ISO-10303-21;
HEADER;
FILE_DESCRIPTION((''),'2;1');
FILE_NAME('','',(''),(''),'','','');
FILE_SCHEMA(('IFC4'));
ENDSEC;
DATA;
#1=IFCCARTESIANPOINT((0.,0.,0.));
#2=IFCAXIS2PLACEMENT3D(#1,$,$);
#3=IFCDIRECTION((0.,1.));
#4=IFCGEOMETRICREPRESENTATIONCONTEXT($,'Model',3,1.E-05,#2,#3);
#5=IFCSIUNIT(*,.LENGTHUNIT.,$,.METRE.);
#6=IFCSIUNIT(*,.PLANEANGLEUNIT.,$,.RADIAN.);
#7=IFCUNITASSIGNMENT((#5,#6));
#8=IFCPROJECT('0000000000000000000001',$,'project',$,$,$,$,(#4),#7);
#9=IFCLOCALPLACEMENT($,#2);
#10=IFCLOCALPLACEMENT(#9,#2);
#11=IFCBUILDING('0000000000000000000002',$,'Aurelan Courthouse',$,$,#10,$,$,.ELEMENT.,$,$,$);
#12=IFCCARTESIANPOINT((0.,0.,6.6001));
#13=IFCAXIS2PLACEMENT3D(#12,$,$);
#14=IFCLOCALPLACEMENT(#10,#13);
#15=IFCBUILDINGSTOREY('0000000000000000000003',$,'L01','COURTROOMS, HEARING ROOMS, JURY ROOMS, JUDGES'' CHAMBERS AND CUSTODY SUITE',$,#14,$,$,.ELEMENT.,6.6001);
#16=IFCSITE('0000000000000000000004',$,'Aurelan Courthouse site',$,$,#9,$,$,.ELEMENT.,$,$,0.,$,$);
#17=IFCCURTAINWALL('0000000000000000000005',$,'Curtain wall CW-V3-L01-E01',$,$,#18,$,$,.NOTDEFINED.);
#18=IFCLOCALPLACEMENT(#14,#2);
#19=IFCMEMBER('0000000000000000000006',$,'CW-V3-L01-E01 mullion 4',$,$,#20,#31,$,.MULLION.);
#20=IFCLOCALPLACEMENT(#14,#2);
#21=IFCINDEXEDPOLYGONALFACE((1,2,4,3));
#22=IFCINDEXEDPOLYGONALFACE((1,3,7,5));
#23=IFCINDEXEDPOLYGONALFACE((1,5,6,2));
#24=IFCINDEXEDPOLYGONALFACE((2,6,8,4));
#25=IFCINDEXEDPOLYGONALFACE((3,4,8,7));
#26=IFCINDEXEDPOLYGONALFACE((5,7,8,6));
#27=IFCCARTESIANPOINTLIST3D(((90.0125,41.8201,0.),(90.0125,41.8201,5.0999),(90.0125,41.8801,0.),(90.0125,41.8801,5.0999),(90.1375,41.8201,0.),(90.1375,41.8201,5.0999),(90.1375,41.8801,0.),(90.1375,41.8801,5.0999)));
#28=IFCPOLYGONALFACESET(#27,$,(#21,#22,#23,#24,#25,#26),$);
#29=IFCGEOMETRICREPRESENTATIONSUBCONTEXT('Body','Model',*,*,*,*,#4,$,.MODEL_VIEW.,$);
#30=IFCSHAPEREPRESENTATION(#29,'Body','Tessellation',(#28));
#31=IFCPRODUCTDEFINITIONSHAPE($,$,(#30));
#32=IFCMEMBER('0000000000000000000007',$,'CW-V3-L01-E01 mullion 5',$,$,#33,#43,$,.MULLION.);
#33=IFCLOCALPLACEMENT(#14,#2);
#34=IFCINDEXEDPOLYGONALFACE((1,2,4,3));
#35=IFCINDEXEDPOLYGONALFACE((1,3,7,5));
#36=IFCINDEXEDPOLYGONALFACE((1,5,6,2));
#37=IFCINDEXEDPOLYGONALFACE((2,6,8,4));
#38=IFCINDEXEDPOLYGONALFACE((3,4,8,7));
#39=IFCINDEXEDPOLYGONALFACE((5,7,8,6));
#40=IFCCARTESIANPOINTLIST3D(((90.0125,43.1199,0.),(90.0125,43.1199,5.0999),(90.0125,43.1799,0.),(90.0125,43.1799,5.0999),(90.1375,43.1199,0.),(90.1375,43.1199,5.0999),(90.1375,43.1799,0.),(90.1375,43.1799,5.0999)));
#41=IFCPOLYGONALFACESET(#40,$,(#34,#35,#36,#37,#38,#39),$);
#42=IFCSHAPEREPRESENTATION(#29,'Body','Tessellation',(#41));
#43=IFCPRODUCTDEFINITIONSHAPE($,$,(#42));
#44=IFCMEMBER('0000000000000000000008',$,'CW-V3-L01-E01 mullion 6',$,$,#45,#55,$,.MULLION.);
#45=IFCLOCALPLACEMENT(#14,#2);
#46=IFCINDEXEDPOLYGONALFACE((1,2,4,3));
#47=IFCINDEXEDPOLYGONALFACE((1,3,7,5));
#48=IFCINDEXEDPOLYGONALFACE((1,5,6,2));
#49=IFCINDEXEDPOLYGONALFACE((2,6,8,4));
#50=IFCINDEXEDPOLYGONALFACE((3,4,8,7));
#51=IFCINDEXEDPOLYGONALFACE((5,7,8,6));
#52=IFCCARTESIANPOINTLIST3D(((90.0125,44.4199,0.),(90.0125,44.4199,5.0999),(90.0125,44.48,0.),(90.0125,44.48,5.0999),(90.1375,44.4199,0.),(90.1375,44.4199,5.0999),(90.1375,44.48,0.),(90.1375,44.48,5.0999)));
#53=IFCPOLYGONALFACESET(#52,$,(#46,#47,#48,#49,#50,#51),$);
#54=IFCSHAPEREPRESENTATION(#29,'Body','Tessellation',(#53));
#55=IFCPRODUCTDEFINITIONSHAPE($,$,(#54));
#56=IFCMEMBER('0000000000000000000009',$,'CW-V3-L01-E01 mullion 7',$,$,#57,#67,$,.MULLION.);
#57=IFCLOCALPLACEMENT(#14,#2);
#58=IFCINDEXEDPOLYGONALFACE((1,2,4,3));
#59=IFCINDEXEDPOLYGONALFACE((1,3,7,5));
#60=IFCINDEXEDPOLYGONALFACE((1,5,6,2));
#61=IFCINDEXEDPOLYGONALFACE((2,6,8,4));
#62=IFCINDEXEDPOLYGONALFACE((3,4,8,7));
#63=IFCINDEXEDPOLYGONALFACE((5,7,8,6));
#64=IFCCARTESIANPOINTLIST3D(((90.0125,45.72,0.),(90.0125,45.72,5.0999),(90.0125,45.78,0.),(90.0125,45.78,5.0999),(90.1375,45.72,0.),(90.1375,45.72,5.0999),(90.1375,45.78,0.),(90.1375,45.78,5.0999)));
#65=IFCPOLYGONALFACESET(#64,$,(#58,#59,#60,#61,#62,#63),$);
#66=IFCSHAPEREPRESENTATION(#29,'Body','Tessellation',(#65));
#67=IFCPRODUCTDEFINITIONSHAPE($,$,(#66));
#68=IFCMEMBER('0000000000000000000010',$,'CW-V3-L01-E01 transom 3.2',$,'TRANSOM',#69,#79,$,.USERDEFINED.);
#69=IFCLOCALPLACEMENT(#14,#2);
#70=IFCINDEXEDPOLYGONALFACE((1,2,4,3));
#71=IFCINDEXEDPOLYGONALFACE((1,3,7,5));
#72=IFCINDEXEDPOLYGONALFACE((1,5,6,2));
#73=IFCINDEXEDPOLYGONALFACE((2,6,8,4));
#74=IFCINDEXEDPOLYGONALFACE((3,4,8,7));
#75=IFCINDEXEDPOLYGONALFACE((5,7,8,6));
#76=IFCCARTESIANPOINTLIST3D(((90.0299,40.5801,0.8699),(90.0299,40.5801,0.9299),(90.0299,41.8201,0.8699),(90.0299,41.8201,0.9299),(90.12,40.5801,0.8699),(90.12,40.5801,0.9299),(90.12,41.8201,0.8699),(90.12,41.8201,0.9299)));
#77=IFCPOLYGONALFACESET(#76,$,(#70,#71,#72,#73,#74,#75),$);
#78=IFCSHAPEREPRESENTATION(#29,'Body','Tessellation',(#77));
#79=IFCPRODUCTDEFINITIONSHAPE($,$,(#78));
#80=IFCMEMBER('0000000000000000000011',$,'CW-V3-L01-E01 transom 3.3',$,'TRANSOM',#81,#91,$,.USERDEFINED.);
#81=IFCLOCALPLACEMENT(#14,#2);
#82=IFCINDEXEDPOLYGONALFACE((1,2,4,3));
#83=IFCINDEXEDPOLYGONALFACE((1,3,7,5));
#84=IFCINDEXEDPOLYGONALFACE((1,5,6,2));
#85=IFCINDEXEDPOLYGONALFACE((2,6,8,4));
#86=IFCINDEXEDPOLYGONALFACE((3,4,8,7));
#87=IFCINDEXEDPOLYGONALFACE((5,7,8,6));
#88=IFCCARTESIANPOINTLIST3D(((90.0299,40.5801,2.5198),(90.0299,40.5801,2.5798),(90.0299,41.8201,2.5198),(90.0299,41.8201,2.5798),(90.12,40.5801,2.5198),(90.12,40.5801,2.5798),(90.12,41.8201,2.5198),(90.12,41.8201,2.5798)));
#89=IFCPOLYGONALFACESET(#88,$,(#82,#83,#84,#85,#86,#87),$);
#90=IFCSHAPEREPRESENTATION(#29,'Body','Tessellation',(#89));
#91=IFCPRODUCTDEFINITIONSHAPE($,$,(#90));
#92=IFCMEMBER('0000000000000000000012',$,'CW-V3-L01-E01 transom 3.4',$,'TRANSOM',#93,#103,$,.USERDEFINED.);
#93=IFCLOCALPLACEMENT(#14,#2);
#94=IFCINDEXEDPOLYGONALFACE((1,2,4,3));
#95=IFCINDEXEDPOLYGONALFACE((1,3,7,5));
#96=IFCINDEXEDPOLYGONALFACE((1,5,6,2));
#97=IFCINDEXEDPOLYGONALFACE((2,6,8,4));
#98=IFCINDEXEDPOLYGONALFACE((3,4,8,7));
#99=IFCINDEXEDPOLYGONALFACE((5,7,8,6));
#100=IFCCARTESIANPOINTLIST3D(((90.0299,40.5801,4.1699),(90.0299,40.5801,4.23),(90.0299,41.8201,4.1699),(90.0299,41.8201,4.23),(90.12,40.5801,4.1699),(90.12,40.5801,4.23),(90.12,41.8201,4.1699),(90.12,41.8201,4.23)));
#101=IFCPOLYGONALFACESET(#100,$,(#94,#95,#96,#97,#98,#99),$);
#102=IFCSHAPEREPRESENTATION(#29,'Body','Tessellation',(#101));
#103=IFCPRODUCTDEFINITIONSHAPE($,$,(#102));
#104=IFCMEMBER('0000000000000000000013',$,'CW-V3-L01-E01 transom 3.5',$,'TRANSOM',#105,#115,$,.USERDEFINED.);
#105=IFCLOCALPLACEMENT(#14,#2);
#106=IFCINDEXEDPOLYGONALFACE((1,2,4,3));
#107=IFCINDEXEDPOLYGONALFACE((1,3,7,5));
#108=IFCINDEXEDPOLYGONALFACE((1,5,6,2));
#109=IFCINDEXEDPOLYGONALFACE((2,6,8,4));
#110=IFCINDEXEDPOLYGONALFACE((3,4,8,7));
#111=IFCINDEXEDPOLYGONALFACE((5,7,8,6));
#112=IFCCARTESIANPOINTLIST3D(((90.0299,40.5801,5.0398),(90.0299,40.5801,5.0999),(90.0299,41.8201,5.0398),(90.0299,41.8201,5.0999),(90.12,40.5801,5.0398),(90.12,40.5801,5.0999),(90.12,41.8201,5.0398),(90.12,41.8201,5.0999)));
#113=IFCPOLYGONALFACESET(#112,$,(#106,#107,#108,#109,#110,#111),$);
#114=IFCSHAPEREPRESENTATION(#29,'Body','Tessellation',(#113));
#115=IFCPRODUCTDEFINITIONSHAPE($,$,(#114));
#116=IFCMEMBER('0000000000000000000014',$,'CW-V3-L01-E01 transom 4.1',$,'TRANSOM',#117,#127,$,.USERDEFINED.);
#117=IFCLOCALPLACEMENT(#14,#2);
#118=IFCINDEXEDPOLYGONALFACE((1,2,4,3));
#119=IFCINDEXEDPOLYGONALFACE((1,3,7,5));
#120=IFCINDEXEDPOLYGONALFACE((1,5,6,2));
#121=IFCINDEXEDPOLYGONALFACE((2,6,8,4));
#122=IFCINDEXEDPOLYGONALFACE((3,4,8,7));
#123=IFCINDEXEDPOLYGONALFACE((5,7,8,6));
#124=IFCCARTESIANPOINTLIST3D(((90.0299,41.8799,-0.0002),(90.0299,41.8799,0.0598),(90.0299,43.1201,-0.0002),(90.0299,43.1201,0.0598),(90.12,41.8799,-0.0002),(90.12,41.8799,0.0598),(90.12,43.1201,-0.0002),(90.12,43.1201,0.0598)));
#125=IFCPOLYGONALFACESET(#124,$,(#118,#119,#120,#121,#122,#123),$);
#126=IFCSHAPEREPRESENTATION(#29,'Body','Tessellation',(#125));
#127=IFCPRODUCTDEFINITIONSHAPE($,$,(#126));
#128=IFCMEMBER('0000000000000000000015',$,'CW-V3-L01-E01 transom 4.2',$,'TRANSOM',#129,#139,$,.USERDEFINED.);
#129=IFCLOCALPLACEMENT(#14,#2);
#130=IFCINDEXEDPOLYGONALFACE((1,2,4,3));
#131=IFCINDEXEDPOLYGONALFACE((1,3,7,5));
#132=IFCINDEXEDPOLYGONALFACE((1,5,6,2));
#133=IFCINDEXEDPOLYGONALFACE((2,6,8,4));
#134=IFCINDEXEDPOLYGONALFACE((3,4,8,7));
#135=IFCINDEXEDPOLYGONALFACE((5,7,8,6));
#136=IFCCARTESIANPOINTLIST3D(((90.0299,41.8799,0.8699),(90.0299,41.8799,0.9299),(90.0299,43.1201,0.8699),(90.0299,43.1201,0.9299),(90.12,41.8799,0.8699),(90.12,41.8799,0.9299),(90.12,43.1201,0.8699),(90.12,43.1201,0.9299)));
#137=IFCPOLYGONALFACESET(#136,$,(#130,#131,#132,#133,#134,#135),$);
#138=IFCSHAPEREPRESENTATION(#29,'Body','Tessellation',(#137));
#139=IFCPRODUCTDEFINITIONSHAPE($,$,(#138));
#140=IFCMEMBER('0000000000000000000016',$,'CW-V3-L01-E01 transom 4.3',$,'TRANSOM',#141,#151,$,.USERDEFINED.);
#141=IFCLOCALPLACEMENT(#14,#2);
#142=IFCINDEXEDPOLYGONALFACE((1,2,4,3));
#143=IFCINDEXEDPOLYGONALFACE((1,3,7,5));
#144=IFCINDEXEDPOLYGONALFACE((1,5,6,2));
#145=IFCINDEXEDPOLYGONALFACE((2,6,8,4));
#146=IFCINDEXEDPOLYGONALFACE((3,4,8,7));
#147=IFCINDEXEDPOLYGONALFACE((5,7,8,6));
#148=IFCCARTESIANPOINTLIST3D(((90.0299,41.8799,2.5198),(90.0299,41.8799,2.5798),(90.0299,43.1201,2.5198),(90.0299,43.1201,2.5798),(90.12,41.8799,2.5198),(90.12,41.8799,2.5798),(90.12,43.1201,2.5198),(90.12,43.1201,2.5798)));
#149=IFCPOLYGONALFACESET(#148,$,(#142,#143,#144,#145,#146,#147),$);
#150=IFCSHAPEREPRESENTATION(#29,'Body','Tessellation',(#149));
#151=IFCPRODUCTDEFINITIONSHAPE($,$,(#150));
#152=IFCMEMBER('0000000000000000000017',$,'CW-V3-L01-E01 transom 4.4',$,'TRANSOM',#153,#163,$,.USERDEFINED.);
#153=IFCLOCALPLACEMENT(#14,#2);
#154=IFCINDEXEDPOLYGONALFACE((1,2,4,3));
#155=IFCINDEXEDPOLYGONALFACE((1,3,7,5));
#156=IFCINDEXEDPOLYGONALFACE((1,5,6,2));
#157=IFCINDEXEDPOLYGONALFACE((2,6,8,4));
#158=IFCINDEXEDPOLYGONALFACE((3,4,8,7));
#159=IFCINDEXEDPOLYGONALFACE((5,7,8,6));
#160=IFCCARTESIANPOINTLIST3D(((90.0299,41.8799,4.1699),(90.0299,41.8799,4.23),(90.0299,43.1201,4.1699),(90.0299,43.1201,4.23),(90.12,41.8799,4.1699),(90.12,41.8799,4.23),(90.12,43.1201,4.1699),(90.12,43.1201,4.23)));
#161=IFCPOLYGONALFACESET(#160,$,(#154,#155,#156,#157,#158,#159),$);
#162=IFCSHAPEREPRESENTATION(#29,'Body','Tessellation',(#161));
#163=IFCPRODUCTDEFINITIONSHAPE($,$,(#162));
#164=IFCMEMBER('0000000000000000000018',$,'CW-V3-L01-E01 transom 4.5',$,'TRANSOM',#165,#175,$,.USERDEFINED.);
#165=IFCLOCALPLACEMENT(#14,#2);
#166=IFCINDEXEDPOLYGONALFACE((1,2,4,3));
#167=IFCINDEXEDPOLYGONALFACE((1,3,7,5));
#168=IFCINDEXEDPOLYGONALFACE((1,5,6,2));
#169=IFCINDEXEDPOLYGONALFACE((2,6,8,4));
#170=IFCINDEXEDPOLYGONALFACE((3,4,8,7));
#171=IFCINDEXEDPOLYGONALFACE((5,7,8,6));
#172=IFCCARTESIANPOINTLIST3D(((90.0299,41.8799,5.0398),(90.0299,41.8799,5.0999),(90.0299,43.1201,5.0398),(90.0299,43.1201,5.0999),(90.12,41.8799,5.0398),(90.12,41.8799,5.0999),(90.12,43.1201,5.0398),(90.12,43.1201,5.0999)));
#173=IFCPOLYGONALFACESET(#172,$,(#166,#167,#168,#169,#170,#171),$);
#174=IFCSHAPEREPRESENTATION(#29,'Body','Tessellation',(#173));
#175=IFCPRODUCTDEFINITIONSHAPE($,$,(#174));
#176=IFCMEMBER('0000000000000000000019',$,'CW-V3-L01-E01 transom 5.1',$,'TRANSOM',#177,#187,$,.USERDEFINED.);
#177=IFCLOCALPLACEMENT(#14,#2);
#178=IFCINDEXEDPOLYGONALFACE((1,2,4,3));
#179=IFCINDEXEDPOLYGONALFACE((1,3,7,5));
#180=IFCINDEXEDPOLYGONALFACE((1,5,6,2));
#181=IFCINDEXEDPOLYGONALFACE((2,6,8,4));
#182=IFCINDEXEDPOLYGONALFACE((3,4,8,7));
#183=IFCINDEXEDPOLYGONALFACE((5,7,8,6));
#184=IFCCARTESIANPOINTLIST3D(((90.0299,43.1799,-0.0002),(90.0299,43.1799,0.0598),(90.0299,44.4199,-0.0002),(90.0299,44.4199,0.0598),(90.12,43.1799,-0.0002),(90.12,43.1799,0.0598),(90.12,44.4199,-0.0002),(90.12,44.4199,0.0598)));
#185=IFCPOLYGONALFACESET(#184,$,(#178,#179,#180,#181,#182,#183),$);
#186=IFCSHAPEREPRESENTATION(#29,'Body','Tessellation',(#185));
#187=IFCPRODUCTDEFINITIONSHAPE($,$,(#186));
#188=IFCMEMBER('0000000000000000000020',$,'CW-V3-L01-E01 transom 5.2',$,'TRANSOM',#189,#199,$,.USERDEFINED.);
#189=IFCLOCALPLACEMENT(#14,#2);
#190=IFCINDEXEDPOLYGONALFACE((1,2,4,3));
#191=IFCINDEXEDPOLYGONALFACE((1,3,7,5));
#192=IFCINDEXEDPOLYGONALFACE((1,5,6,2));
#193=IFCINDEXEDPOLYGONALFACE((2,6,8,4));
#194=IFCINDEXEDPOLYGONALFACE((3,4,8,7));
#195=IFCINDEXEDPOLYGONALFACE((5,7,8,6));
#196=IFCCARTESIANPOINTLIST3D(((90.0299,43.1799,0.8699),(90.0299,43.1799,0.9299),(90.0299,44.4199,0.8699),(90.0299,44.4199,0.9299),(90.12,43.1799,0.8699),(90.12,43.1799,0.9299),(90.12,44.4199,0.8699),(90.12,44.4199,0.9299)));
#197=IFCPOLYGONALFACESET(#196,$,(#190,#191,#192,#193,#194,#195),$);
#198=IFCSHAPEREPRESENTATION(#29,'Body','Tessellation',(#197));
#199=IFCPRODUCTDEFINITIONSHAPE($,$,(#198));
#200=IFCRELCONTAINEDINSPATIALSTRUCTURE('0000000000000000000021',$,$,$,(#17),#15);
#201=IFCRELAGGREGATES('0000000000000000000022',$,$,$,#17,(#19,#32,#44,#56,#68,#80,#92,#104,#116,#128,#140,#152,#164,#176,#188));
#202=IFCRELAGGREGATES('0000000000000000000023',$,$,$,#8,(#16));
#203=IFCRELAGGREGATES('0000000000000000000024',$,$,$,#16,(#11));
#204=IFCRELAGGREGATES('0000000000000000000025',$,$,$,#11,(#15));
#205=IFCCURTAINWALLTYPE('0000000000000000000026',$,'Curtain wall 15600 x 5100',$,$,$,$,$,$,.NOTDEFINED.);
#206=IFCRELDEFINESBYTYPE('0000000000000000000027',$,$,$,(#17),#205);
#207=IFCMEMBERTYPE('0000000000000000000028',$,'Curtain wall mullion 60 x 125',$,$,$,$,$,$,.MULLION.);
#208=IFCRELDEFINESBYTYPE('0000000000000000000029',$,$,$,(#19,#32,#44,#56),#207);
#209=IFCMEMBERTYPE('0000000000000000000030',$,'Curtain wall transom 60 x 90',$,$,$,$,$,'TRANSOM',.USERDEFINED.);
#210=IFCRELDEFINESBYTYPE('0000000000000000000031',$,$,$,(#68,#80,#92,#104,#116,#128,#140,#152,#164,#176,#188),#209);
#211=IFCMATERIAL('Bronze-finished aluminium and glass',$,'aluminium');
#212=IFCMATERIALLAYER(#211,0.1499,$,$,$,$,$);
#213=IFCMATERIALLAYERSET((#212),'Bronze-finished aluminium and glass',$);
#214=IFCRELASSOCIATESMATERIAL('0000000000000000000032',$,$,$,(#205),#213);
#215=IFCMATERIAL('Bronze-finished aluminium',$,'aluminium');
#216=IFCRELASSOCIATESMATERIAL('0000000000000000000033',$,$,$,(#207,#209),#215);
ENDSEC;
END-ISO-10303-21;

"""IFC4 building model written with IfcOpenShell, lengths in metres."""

from ifc_helpers import new_model, si_unit, direction, frame, origin, origin_2d, place, context, subcontext, project, spatial, rectangle, extrude, material, layer, layer_set, material_profile, profile_set, type_object, element, aggregate, save


model = new_model("IFC4")

# Units and contexts
model_context = context("Model", 3, precision=1e-05, world=origin(), true_north=direction((0.0, 1.0)))
body_context = subcontext(model_context, "Body", "Model", "MODEL_VIEW")
ifc_project = project(units=[si_unit("LENGTHUNIT", "METRE"), si_unit("PLANEANGLEUNIT", "RADIAN")], contexts=[model_context])

# Site, building, storey
site_placement = place(None, origin())
site = spatial("IfcSite", under=ifc_project, at=site_placement, Name="Aurelan Courthouse site", CompositionType="ELEMENT", RefElevation=0.0)
building_placement = place(site_placement, origin())
building = spatial("IfcBuilding", under=site, at=building_placement, Name="Aurelan Courthouse", CompositionType="ELEMENT")
storey_placement = place(building_placement, frame((0.0, 0.0, 6.6001)))
storey = spatial("IfcBuildingStorey", under=building, at=storey_placement, Name="L01", Description="COURTROOMS, HEARING ROOMS, JURY ROOMS, JUDGES' CHAMBERS AND CUSTODY SUITE", CompositionType="ELEMENT", Elevation=6.6001)

# Curtain wall, members
ifc_material_1 = material(Name="Bronze-finished aluminium and glass", Category="aluminium")
ifc_layer_1 = layer(ifc_material_1, 0.1499)
ifc_layer_set_1 = layer_set([ifc_layer_1], Name="Bronze-finished aluminium and glass")
curtain_wall_type = type_object("IfcCurtainWallType", Name="Curtain wall 15600 x 5100", PredefinedType="NOTDEFINED", material=ifc_layer_set_1)
curtain_wall_placement = place(storey_placement, origin())
curtain_wall = element("IfcCurtainWall", 1, at=curtain_wall_placement, inside=storey, type_object=curtain_wall_type, Name="Curtain wall CW-V3-L01-E01", PredefinedType="NOTDEFINED")
ifc_material_2 = material(Name="Bronze-finished aluminium", Category="aluminium")
ifc_material_profile_1 = material_profile(ifc_material_2, rectangle(XDim=0.125, YDim=0.0601, at=origin_2d()), Name="Bronze mullion 60 x 125")
ifc_profile_set_1 = profile_set([ifc_material_profile_1], Name="Bronze-finished aluminium")
member_type_1 = type_object("IfcMemberType", Name="Curtain wall mullion 60 x 125", PredefinedType="MULLION", material=ifc_profile_set_1)
member_1_placement = place(storey_placement, frame((90.075, 41.8501, 0.0), z_axis=(0.0, 0.0, 1.0), x_axis=(-1.0, 0.0, 0.0)))
member_1 = element("IfcMember", 2, at=member_1_placement, type_object=member_type_1, Name="CW-V3-L01-E01 mullion 4", PredefinedType="MULLION", context=body_context, shape_type="SweptSolid", body=[
    extrude(rectangle(XDim=0.125, YDim=0.0601, at=origin_2d()), origin(), (0.0, 0.0, 1.0), 5.0999),
])
member_2_placement = place(storey_placement, frame((90.075, 43.1499, 0.0), z_axis=(0.0, 0.0, 1.0), x_axis=(-1.0, 0.0, 0.0)))
member_2 = element("IfcMember", 3, at=member_2_placement, type_object=member_type_1, Name="CW-V3-L01-E01 mullion 5", PredefinedType="MULLION", context=body_context, shape_type="SweptSolid", body=[
    extrude(rectangle(XDim=0.125, YDim=0.0601, at=origin_2d()), origin(), (0.0, 0.0, 1.0), 5.0999),
])
member_3_placement = place(storey_placement, frame((90.075, 44.45, 0.0), z_axis=(0.0, 0.0, 1.0), x_axis=(-1.0, 0.0, 0.0)))
member_3 = element("IfcMember", 4, at=member_3_placement, type_object=member_type_1, Name="CW-V3-L01-E01 mullion 6", PredefinedType="MULLION", context=body_context, shape_type="SweptSolid", body=[
    extrude(rectangle(XDim=0.125, YDim=0.0601, at=origin_2d()), origin(), (0.0, 0.0, 1.0), 5.0999),
])
member_4_placement = place(storey_placement, frame((90.075, 45.75, 0.0), z_axis=(0.0, 0.0, 1.0), x_axis=(-1.0, 0.0, 0.0)))
member_4 = element("IfcMember", 5, at=member_4_placement, type_object=member_type_1, Name="CW-V3-L01-E01 mullion 7", PredefinedType="MULLION", context=body_context, shape_type="SweptSolid", body=[
    extrude(rectangle(XDim=0.125, YDim=0.0601, at=origin_2d()), origin(), (0.0, 0.0, 1.0), 5.0999),
])
ifc_material_profile_2 = material_profile(ifc_material_2, rectangle(XDim=0.0901, YDim=0.0601, at=origin_2d()), Name="Bronze transom 60 x 90")
ifc_profile_set_2 = profile_set([ifc_material_profile_2], Name="Bronze-finished aluminium")
member_type_2 = type_object("IfcMemberType", Name="Curtain wall transom 60 x 90", ElementType="TRANSOM", PredefinedType="USERDEFINED", material=ifc_profile_set_2)
member_5_placement = place(storey_placement, frame((90.075, 40.5801, 0.8999), z_axis=(0.0, 1.0, 0.0), x_axis=(-1.0, 0.0, 0.0)))
member_5 = element("IfcMember", 6, at=member_5_placement, type_object=member_type_2, Name="CW-V3-L01-E01 transom 3.2", ObjectType="TRANSOM", PredefinedType="USERDEFINED", context=body_context, shape_type="SweptSolid", body=[
    extrude(rectangle(XDim=0.0901, YDim=0.0601, at=origin_2d()), origin(), (0.0, 0.0, 1.0), 1.24),
])
member_6_placement = place(storey_placement, frame((90.075, 40.5801, 2.5498), z_axis=(0.0, 1.0, 0.0), x_axis=(-1.0, 0.0, 0.0)))
member_6 = element("IfcMember", 7, at=member_6_placement, type_object=member_type_2, Name="CW-V3-L01-E01 transom 3.3", ObjectType="TRANSOM", PredefinedType="USERDEFINED", context=body_context, shape_type="SweptSolid", body=[
    extrude(rectangle(XDim=0.0901, YDim=0.0601, at=origin_2d()), origin(), (0.0, 0.0, 1.0), 1.24),
])
member_7_placement = place(storey_placement, frame((90.075, 40.5801, 4.2), z_axis=(0.0, 1.0, 0.0), x_axis=(-1.0, 0.0, 0.0)))
member_7 = element("IfcMember", 8, at=member_7_placement, type_object=member_type_2, Name="CW-V3-L01-E01 transom 3.4", ObjectType="TRANSOM", PredefinedType="USERDEFINED", context=body_context, shape_type="SweptSolid", body=[
    extrude(rectangle(XDim=0.0901, YDim=0.0601, at=origin_2d()), origin(), (0.0, 0.0, 1.0), 1.24),
])
member_8_placement = place(storey_placement, frame((90.075, 40.5801, 5.0698), z_axis=(0.0, 1.0, 0.0), x_axis=(-1.0, 0.0, 0.0)))
member_8 = element("IfcMember", 9, at=member_8_placement, type_object=member_type_2, Name="CW-V3-L01-E01 transom 3.5", ObjectType="TRANSOM", PredefinedType="USERDEFINED", context=body_context, shape_type="SweptSolid", body=[
    extrude(rectangle(XDim=0.0901, YDim=0.0601, at=origin_2d()), origin(), (0.0, 0.0, 1.0), 1.24),
])
member_9_placement = place(storey_placement, frame((90.075, 41.8799, 0.0298), z_axis=(0.0, 1.0, 0.0), x_axis=(-1.0, 0.0, 0.0)))
member_9 = element("IfcMember", 10, at=member_9_placement, type_object=member_type_2, Name="CW-V3-L01-E01 transom 4.1", ObjectType="TRANSOM", PredefinedType="USERDEFINED", context=body_context, shape_type="SweptSolid", body=[
    extrude(rectangle(XDim=0.0901, YDim=0.0601, at=origin_2d()), origin(), (0.0, 0.0, 1.0), 1.2402),
])
member_10_placement = place(storey_placement, frame((90.075, 41.8799, 0.8999), z_axis=(0.0, 1.0, 0.0), x_axis=(-1.0, 0.0, 0.0)))
member_10 = element("IfcMember", 11, at=member_10_placement, type_object=member_type_2, Name="CW-V3-L01-E01 transom 4.2", ObjectType="TRANSOM", PredefinedType="USERDEFINED", context=body_context, shape_type="SweptSolid", body=[
    extrude(rectangle(XDim=0.0901, YDim=0.0601, at=origin_2d()), origin(), (0.0, 0.0, 1.0), 1.2402),
])
member_11_placement = place(storey_placement, frame((90.075, 41.8799, 2.5498), z_axis=(0.0, 1.0, 0.0), x_axis=(-1.0, 0.0, 0.0)))
member_11 = element("IfcMember", 12, at=member_11_placement, type_object=member_type_2, Name="CW-V3-L01-E01 transom 4.3", ObjectType="TRANSOM", PredefinedType="USERDEFINED", context=body_context, shape_type="SweptSolid", body=[
    extrude(rectangle(XDim=0.0901, YDim=0.0601, at=origin_2d()), origin(), (0.0, 0.0, 1.0), 1.2402),
])
member_12_placement = place(storey_placement, frame((90.075, 41.8799, 4.2), z_axis=(0.0, 1.0, 0.0), x_axis=(-1.0, 0.0, 0.0)))
member_12 = element("IfcMember", 13, at=member_12_placement, type_object=member_type_2, Name="CW-V3-L01-E01 transom 4.4", ObjectType="TRANSOM", PredefinedType="USERDEFINED", context=body_context, shape_type="SweptSolid", body=[
    extrude(rectangle(XDim=0.0901, YDim=0.0601, at=origin_2d()), origin(), (0.0, 0.0, 1.0), 1.2402),
])
member_13_placement = place(storey_placement, frame((90.075, 41.8799, 5.0698), z_axis=(0.0, 1.0, 0.0), x_axis=(-1.0, 0.0, 0.0)))
member_13 = element("IfcMember", 14, at=member_13_placement, type_object=member_type_2, Name="CW-V3-L01-E01 transom 4.5", ObjectType="TRANSOM", PredefinedType="USERDEFINED", context=body_context, shape_type="SweptSolid", body=[
    extrude(rectangle(XDim=0.0901, YDim=0.0601, at=origin_2d()), origin(), (0.0, 0.0, 1.0), 1.2402),
])
member_14_placement = place(storey_placement, frame((90.075, 43.1799, 0.0298), z_axis=(0.0, 1.0, 0.0), x_axis=(-1.0, 0.0, 0.0)))
member_14 = element("IfcMember", 15, at=member_14_placement, type_object=member_type_2, Name="CW-V3-L01-E01 transom 5.1", ObjectType="TRANSOM", PredefinedType="USERDEFINED", context=body_context, shape_type="SweptSolid", body=[
    extrude(rectangle(XDim=0.0901, YDim=0.0601, at=origin_2d()), origin(), (0.0, 0.0, 1.0), 1.24),
])
member_15_placement = place(storey_placement, frame((90.075, 43.1799, 0.8999), z_axis=(0.0, 1.0, 0.0), x_axis=(-1.0, 0.0, 0.0)))
member_15 = element("IfcMember", 16, at=member_15_placement, type_object=member_type_2, Name="CW-V3-L01-E01 transom 5.2", ObjectType="TRANSOM", PredefinedType="USERDEFINED", context=body_context, shape_type="SweptSolid", body=[
    extrude(rectangle(XDim=0.0901, YDim=0.0601, at=origin_2d()), origin(), (0.0, 0.0, 1.0), 1.24),
])
aggregate(curtain_wall, [member_1, member_2, member_3, member_4, member_5, member_6, member_7, member_8, member_9, member_10, member_11, member_12, member_13, member_14, member_15])

save(model, "model.ifc")
